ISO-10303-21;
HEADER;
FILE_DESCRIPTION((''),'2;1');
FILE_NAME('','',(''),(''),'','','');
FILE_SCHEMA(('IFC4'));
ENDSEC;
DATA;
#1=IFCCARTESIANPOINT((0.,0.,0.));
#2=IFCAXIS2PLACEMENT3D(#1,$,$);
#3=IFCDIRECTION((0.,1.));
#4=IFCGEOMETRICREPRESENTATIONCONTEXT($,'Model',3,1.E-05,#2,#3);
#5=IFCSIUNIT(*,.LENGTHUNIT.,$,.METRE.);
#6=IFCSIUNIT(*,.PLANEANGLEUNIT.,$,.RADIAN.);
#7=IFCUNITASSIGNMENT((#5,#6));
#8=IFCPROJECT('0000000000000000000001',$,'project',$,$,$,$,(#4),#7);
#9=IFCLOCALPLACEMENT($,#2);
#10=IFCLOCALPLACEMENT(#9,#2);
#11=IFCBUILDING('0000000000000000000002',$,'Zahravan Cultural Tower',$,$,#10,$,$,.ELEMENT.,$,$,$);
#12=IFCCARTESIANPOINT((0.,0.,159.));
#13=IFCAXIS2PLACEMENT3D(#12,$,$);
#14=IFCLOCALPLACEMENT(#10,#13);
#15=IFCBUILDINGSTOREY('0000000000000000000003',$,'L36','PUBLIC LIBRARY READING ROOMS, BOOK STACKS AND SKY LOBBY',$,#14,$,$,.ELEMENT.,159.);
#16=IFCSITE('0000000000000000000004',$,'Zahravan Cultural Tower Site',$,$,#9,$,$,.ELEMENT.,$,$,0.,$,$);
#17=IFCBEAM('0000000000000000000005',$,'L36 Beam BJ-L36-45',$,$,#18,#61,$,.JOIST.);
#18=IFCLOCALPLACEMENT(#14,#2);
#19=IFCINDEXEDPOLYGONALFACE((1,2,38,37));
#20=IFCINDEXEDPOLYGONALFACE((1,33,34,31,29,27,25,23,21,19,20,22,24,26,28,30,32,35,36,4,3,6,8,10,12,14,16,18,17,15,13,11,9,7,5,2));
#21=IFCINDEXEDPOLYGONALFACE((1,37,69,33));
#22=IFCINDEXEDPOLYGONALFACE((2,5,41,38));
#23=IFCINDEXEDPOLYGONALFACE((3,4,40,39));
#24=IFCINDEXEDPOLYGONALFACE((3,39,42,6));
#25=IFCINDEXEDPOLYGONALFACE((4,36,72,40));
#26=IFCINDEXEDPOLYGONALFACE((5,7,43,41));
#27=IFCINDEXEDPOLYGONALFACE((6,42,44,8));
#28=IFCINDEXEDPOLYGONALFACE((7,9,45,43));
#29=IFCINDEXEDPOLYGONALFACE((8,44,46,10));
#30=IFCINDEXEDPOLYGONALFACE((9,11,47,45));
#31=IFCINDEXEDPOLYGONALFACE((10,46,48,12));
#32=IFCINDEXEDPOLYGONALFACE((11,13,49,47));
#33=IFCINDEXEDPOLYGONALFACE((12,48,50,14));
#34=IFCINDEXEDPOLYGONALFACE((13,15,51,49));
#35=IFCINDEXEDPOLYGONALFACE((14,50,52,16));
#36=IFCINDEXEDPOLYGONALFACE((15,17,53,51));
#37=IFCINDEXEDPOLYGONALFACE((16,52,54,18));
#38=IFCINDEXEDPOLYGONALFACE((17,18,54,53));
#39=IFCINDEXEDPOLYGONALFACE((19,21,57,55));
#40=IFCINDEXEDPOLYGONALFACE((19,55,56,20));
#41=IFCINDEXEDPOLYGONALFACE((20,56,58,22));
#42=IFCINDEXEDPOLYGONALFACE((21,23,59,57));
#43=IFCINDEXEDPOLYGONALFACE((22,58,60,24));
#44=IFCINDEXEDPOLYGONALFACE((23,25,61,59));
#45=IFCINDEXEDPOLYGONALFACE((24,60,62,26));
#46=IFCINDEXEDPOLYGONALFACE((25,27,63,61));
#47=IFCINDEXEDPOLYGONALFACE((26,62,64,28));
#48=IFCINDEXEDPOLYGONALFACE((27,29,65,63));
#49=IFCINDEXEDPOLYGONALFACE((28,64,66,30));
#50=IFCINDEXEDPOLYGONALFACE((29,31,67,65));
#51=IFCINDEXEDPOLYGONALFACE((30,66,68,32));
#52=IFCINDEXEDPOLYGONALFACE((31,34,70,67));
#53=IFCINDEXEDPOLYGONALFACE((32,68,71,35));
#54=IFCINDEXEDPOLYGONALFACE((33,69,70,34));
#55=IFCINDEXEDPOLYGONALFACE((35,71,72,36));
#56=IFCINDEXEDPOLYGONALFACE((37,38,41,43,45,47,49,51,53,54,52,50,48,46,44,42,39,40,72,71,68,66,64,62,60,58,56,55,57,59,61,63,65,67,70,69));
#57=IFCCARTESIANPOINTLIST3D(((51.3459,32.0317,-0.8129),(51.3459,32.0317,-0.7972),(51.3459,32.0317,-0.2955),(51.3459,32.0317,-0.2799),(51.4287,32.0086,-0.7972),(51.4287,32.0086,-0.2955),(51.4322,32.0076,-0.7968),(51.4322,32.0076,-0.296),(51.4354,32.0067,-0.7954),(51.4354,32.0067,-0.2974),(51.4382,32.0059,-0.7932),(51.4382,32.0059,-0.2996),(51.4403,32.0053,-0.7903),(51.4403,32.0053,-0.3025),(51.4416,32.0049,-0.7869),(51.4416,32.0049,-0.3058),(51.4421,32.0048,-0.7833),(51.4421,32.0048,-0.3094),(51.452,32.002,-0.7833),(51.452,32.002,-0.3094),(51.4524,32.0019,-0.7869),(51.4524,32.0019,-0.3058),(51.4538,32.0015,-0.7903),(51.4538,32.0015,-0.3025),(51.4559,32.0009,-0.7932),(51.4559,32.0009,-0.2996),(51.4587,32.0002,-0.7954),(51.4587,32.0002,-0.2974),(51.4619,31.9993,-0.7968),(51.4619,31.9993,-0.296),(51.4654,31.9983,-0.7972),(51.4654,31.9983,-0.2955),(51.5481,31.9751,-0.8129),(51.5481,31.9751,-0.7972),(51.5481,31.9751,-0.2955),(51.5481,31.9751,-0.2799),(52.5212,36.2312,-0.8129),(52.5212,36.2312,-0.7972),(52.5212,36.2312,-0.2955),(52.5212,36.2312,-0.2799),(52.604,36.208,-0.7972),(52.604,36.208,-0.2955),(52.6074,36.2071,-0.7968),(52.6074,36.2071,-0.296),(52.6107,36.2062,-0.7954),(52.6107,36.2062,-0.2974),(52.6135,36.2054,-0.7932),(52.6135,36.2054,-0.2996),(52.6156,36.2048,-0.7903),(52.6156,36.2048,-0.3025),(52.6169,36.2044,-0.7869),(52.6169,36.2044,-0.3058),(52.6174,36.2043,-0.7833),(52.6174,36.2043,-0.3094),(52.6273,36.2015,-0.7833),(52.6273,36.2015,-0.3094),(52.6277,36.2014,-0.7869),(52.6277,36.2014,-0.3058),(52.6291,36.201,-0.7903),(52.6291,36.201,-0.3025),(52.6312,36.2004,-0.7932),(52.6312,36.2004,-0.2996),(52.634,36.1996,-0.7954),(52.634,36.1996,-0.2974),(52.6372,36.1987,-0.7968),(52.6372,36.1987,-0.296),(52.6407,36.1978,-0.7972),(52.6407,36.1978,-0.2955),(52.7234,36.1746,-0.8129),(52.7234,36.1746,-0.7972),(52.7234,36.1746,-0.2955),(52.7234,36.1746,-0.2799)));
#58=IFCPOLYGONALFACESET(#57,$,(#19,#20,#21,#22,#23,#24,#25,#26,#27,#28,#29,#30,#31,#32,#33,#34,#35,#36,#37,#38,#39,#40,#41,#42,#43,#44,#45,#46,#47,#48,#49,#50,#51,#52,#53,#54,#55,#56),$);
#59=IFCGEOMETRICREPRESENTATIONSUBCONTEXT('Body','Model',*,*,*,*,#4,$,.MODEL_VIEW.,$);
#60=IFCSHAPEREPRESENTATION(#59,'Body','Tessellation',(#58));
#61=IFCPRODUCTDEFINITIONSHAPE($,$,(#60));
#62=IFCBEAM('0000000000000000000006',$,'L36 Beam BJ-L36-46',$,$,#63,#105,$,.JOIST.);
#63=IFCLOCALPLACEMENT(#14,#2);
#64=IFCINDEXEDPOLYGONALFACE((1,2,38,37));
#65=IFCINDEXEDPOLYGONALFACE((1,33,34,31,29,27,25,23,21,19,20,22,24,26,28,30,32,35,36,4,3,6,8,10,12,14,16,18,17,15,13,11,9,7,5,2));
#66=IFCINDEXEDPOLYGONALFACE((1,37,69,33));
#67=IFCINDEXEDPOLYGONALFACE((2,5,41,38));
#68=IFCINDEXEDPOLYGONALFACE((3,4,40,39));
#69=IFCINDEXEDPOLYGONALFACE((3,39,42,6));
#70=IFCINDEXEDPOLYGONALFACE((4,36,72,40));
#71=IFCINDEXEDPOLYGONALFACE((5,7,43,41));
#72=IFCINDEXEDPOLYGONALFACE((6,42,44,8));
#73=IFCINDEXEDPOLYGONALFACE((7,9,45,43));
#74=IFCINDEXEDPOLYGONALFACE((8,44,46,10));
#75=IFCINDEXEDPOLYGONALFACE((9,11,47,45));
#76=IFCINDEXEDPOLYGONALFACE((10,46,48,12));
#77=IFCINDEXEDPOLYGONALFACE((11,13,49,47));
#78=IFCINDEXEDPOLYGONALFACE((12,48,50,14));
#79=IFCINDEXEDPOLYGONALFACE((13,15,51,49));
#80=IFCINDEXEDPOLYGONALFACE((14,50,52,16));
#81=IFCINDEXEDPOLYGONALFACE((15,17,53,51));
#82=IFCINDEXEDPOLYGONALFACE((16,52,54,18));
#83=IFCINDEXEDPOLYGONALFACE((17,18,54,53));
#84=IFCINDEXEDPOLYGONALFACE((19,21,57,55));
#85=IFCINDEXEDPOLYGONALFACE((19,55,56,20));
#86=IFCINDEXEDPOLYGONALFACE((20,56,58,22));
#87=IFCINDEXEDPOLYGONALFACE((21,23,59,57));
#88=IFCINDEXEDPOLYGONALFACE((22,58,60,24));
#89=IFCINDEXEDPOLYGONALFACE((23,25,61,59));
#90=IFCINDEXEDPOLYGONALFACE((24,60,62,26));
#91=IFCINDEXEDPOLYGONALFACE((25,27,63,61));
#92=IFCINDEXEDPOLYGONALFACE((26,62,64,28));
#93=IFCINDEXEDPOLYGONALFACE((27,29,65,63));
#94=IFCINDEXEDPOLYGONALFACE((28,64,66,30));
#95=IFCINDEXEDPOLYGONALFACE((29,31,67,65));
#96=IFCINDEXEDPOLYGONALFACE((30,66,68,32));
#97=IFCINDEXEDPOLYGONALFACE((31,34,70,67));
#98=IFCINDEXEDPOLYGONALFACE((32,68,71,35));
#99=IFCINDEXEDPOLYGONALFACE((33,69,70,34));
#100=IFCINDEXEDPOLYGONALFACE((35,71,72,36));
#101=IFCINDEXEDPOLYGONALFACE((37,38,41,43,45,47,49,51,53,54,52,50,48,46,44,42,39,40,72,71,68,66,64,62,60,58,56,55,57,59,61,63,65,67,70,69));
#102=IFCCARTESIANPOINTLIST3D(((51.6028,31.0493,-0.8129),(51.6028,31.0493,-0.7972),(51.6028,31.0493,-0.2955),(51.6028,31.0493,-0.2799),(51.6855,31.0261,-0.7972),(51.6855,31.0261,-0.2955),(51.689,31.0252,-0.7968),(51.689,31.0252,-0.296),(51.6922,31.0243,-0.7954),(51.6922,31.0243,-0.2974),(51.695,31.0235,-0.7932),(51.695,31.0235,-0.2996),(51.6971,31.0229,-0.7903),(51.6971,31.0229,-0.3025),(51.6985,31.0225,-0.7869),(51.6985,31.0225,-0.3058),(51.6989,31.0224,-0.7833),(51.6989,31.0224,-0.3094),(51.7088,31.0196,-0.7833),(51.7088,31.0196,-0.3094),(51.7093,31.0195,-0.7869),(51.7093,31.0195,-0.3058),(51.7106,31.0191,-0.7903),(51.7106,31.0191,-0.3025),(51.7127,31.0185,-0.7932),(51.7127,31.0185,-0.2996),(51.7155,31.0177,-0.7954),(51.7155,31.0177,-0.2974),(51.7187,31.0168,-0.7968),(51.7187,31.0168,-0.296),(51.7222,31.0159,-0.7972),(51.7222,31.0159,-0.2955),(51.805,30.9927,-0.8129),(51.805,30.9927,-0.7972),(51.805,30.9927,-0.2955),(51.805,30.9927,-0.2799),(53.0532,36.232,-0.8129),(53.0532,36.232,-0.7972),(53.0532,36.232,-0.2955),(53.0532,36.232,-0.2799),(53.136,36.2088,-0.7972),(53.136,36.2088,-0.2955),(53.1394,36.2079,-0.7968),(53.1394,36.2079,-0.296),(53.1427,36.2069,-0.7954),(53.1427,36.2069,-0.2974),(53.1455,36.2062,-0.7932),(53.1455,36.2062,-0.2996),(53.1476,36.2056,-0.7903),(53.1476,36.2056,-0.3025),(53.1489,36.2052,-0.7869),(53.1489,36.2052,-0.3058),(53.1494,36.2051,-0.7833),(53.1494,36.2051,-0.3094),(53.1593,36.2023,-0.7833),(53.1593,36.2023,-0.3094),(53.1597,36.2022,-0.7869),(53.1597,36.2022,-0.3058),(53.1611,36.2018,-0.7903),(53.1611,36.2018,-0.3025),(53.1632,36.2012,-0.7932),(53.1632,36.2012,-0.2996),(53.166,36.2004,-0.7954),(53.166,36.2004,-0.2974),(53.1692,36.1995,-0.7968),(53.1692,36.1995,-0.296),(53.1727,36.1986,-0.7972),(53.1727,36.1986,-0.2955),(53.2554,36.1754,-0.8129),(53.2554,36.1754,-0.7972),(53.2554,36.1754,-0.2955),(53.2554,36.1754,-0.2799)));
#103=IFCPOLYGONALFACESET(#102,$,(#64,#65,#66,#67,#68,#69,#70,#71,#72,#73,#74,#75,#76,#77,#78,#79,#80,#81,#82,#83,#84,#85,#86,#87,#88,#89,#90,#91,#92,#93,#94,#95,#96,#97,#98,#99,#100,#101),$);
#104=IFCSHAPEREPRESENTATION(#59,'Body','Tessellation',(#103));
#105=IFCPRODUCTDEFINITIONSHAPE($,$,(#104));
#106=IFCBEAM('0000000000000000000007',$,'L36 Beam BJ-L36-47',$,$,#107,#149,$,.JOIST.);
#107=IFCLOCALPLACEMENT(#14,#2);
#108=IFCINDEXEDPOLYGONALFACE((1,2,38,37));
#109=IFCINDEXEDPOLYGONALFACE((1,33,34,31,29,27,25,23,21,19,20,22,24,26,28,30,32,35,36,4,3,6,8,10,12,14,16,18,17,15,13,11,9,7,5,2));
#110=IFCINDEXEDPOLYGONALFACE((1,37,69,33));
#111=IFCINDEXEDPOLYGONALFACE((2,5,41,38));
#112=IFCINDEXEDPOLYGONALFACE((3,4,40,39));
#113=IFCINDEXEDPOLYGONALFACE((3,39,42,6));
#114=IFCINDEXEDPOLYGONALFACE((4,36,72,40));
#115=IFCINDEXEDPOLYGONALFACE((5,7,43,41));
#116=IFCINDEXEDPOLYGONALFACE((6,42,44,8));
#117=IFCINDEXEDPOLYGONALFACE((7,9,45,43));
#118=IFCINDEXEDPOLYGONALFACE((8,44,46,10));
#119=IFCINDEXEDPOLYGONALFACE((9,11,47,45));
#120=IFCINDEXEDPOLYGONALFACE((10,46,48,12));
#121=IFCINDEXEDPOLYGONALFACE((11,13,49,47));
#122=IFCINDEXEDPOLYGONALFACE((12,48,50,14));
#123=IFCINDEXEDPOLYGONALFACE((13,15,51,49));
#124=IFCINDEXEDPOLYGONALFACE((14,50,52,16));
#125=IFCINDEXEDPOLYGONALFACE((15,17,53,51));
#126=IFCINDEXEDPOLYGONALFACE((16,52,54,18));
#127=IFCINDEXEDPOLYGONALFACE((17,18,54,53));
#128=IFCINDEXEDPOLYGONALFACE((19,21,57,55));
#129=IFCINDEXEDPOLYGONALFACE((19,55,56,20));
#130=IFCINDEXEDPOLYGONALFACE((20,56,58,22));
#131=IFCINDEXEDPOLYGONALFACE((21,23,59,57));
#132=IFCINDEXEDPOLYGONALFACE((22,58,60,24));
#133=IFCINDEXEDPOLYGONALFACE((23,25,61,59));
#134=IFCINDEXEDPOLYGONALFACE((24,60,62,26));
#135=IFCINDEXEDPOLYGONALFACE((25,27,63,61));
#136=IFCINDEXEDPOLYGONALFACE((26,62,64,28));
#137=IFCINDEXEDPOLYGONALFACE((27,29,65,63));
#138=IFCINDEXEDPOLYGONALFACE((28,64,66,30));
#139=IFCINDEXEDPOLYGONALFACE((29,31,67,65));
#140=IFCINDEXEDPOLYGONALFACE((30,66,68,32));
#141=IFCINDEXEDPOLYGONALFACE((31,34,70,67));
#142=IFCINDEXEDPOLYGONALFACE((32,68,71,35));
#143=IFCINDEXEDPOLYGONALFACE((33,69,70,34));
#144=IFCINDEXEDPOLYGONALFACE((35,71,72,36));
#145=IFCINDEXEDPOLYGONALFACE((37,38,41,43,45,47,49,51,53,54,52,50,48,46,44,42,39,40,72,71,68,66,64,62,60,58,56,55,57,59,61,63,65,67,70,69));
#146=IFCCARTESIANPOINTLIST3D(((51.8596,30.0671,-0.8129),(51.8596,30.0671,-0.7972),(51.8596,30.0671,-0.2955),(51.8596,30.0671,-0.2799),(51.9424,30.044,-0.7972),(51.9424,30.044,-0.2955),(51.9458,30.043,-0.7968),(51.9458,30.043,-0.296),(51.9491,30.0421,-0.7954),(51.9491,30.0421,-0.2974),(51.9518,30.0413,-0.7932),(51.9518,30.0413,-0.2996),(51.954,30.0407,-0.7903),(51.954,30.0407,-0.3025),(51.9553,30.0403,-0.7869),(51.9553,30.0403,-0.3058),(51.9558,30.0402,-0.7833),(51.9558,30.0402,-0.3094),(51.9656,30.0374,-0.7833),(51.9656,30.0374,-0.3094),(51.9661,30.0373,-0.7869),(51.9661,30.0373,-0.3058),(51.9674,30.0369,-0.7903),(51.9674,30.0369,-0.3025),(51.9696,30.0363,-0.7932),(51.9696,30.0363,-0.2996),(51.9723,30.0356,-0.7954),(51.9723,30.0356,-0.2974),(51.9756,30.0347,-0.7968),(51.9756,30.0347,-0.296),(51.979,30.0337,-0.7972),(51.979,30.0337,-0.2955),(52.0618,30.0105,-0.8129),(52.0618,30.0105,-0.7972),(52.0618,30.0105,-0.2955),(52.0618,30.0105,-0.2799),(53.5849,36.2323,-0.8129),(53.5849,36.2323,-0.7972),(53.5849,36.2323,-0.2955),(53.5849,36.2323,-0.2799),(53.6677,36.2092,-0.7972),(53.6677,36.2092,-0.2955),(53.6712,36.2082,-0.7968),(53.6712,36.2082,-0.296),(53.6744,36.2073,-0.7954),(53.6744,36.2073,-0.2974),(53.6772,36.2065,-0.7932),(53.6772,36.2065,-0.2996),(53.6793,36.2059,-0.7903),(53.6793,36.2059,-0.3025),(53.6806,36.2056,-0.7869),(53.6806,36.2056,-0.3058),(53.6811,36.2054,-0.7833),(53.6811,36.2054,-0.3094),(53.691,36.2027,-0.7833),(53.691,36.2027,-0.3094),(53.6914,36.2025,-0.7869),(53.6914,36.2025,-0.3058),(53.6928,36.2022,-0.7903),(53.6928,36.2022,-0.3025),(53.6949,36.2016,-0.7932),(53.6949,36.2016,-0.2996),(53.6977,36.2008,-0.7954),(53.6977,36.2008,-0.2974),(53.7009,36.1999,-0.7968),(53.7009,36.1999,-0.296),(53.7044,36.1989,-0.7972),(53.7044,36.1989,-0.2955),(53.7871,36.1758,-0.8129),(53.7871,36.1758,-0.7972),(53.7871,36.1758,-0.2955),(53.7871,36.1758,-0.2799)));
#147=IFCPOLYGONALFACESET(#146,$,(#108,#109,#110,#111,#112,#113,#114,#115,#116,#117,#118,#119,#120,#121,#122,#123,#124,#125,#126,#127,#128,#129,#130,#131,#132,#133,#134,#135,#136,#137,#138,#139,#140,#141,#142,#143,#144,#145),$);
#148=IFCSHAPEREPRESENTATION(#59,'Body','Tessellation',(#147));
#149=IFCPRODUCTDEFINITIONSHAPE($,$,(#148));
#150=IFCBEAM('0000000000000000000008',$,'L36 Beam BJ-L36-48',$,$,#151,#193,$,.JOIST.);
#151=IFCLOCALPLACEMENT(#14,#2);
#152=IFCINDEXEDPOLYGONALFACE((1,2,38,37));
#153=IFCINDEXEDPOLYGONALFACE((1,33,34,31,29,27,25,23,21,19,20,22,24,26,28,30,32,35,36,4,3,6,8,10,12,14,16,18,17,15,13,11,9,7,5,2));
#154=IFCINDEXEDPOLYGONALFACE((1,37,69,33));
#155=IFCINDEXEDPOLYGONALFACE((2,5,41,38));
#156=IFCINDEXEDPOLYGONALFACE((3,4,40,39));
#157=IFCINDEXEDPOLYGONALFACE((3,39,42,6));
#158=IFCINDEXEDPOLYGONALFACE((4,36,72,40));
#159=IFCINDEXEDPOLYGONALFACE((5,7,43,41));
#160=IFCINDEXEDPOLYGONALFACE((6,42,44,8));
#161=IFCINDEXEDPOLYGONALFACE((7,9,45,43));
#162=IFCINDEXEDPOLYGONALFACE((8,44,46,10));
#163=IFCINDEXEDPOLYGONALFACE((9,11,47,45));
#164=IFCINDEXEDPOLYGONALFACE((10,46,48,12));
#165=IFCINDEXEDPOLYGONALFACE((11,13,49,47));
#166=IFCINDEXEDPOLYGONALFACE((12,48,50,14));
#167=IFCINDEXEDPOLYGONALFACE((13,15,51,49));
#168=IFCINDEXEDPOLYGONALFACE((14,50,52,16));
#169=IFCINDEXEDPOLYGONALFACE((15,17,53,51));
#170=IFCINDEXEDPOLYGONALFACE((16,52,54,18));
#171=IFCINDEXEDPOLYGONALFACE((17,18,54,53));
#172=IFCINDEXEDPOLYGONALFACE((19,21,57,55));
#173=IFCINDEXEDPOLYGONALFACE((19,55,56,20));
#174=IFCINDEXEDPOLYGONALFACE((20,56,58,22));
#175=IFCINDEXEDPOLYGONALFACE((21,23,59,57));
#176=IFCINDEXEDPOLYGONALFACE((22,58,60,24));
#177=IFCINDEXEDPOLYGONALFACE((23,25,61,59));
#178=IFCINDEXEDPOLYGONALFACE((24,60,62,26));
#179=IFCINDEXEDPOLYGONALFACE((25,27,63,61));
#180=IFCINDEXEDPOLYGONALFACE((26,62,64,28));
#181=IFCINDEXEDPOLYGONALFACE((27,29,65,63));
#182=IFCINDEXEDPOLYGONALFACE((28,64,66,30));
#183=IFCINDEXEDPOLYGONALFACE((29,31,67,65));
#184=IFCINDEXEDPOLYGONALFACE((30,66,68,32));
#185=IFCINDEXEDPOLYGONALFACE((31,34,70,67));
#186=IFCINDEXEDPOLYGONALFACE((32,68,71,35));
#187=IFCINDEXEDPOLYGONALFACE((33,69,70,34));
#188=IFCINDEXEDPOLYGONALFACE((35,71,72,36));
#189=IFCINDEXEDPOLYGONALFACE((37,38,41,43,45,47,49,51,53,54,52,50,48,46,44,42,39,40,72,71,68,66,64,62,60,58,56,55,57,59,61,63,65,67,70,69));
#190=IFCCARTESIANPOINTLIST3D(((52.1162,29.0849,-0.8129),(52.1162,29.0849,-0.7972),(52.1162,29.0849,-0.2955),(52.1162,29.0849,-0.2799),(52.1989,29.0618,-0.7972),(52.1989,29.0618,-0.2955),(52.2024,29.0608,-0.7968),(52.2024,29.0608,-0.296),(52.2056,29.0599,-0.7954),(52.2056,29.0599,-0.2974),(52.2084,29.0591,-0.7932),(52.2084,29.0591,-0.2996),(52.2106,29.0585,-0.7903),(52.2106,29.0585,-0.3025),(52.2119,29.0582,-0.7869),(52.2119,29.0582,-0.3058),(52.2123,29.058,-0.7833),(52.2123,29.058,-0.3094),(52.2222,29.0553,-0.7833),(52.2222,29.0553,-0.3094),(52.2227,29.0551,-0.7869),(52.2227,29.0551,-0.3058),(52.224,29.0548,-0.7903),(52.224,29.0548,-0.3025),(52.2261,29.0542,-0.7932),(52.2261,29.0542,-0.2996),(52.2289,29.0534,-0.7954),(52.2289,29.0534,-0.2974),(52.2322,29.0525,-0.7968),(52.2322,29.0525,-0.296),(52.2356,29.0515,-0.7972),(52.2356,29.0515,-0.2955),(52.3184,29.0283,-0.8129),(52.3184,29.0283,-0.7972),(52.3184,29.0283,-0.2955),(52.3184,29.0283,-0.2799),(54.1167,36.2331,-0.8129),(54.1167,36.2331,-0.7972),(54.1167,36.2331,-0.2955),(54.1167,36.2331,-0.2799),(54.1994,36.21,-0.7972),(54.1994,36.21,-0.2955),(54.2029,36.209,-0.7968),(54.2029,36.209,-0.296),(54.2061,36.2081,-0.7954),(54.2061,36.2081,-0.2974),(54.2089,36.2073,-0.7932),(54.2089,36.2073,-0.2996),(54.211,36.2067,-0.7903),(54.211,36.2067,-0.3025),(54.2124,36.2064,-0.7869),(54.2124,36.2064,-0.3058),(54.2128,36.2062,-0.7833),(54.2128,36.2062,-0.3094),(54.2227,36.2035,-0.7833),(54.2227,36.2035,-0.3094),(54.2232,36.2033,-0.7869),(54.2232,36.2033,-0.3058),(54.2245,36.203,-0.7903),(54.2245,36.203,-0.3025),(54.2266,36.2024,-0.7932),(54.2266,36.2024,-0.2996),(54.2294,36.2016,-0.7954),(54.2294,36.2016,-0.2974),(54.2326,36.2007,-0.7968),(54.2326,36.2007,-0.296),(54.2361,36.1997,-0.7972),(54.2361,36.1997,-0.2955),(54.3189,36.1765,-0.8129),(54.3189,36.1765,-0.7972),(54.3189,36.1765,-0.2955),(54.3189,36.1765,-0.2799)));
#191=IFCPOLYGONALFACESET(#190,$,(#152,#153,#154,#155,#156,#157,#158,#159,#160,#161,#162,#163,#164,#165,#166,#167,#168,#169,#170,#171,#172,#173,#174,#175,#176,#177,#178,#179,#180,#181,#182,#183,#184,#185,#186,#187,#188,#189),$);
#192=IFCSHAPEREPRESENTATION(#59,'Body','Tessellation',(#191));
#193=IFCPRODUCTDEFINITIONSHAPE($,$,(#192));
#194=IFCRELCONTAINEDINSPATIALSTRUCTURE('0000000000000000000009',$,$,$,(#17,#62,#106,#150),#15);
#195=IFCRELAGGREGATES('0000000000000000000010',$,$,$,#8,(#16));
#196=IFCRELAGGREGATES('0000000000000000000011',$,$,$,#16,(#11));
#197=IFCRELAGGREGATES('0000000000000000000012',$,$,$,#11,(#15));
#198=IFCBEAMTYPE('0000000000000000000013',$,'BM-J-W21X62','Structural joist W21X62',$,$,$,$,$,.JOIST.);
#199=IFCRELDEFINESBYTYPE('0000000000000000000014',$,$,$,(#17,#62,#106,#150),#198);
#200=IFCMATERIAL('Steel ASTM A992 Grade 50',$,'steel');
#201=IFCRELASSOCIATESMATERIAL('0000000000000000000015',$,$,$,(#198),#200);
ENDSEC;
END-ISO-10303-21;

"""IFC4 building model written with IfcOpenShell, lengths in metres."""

from ifc_helpers import new_model, si_unit, direction, frame, origin, origin_2d, place, context, subcontext, project, spatial, i_section, extrude, source, transform, mapped, material, material_profile, profile_set, type_object, element, save


model = new_model("IFC4")

# Units and contexts
model_context = context("Model", 3, precision=1e-05, world=origin(), true_north=direction((0.0, 1.0)))
body_context = subcontext(model_context, "Body", "Model", "MODEL_VIEW")
ifc_project = project(units=[si_unit("LENGTHUNIT", "METRE"), si_unit("PLANEANGLEUNIT", "RADIAN")], contexts=[model_context])

# Site, building, storey
site_placement = place(None, origin())
site = spatial("IfcSite", under=ifc_project, at=site_placement, Name="Zahravan Cultural Tower Site", CompositionType="ELEMENT", RefElevation=0.0)
building_placement = place(site_placement, origin())
building = spatial("IfcBuilding", under=site, at=building_placement, Name="Zahravan Cultural Tower", CompositionType="ELEMENT")
storey_placement = place(building_placement, frame((0.0, 0.0, 159.0)))
storey = spatial("IfcBuildingStorey", under=building, at=storey_placement, Name="L36", Description="PUBLIC LIBRARY READING ROOMS, BOOK STACKS AND SKY LOBBY", CompositionType="ELEMENT", Elevation=159.0)

# Shared definitions
ifc_material_1 = material(Name="Steel ASTM A992 Grade 50", Category="steel")

# Beams
ifc_material_profile_1 = material_profile(ifc_material_1, i_section(OverallWidth=0.21, OverallDepth=0.533, WebThickness=0.0103, FlangeThickness=0.0156, FilletRadius=0.0139, at=origin_2d()), Name="W21X62")
ifc_profile_set_1 = profile_set([ifc_material_profile_1], Name="Steel ASTM A992 Grade 50")
beam_type_1 = type_object("IfcBeamType", Name="BM-J-W21X62", Description="Structural joist W21X62", PredefinedType="JOIST", material=ifc_profile_set_1)
shared_shape_1 = source(origin(), body_context, "Body", "SweptSolid", [
    extrude(i_section(OverallWidth=0.21, OverallDepth=0.533, WebThickness=0.0103, FlangeThickness=0.0156, FilletRadius=0.0139, at=origin_2d()), origin(), (0.0, 0.0, 1.0), 4.3608),
])
beam_1_placement = place(storey_placement, frame((51.447, 32.0034, -0.5464), z_axis=(0.269512, 0.962997, 0.0), x_axis=(-0.962997, 0.269512, 0.0)))
element("IfcBeam", 1, at=beam_1_placement, inside=storey, type_object=beam_type_1, Name="L36 Beam BJ-L36-45", PredefinedType="JOIST", context=body_context, shape_type="MappedRepresentation", body=[
    mapped(shared_shape_1, transform((0.0, 0.0, 0.0), x_axis=(1.0, 0.0, 0.0), y_axis=(0.0, 1.0, 0.0), z_axis=(0.0, 0.0, 1.0), scale=1.0)),
])
shared_shape_2 = source(origin(), body_context, "Body", "SweptSolid", [
    extrude(i_section(OverallWidth=0.21, OverallDepth=0.533, WebThickness=0.0103, FlangeThickness=0.0156, FilletRadius=0.0139, at=origin_2d()), origin(), (0.0, 0.0, 1.0), 5.3818),
])
beam_2_placement = place(storey_placement, frame((51.7039, 31.021, -0.5464), z_axis=(0.26951, 0.962997, 0.0), x_axis=(-0.962997, 0.26951, 0.0)))
element("IfcBeam", 2, at=beam_2_placement, inside=storey, type_object=beam_type_1, Name="L36 Beam BJ-L36-46", PredefinedType="JOIST", context=body_context, shape_type="MappedRepresentation", body=[
    mapped(shared_shape_2, transform((0.0, 0.0, 0.0), x_axis=(1.0, 0.0, 0.0), y_axis=(0.0, 1.0, 0.0), z_axis=(0.0, 0.0, 1.0), scale=1.0)),
])
shared_shape_3 = source(origin(), body_context, "Body", "SweptSolid", [
    extrude(i_section(OverallWidth=0.21, OverallDepth=0.533, WebThickness=0.0103, FlangeThickness=0.0156, FilletRadius=0.0139, at=origin_2d()), origin(), (0.0, 0.0, 1.0), 6.4021),
])
beam_3_placement = place(storey_placement, frame((51.9607, 30.0388, -0.5464), z_axis=(0.269494, 0.963002, 0.0), x_axis=(-0.963002, 0.269494, 0.0)))
element("IfcBeam", 3, at=beam_3_placement, inside=storey, type_object=beam_type_1, Name="L36 Beam BJ-L36-47", PredefinedType="JOIST", context=body_context, shape_type="MappedRepresentation", body=[
    mapped(shared_shape_3, transform((0.0, 0.0, 0.0), x_axis=(1.0, 0.0, 0.0), y_axis=(0.0, 1.0, 0.0), z_axis=(0.0, 0.0, 1.0), scale=1.0)),
])
shared_shape_4 = source(origin(), body_context, "Body", "SweptSolid", [
    extrude(i_section(OverallWidth=0.21, OverallDepth=0.533, WebThickness=0.0103, FlangeThickness=0.0156, FilletRadius=0.0139, at=origin_2d()), origin(), (0.0, 0.0, 1.0), 7.4229),
])
beam_4_placement = place(storey_placement, frame((52.2173, 29.0566, -0.5464), z_axis=(0.269504, 0.962999, 0.0), x_axis=(-0.962999, 0.269504, 0.0)))
element("IfcBeam", 4, at=beam_4_placement, inside=storey, type_object=beam_type_1, Name="L36 Beam BJ-L36-48", PredefinedType="JOIST", context=body_context, shape_type="MappedRepresentation", body=[
    mapped(shared_shape_4, transform((0.0, 0.0, 0.0), x_axis=(1.0, 0.0, 0.0), y_axis=(0.0, 1.0, 0.0), z_axis=(0.0, 0.0, 1.0), scale=1.0)),
])

save(model, "model.ifc")
